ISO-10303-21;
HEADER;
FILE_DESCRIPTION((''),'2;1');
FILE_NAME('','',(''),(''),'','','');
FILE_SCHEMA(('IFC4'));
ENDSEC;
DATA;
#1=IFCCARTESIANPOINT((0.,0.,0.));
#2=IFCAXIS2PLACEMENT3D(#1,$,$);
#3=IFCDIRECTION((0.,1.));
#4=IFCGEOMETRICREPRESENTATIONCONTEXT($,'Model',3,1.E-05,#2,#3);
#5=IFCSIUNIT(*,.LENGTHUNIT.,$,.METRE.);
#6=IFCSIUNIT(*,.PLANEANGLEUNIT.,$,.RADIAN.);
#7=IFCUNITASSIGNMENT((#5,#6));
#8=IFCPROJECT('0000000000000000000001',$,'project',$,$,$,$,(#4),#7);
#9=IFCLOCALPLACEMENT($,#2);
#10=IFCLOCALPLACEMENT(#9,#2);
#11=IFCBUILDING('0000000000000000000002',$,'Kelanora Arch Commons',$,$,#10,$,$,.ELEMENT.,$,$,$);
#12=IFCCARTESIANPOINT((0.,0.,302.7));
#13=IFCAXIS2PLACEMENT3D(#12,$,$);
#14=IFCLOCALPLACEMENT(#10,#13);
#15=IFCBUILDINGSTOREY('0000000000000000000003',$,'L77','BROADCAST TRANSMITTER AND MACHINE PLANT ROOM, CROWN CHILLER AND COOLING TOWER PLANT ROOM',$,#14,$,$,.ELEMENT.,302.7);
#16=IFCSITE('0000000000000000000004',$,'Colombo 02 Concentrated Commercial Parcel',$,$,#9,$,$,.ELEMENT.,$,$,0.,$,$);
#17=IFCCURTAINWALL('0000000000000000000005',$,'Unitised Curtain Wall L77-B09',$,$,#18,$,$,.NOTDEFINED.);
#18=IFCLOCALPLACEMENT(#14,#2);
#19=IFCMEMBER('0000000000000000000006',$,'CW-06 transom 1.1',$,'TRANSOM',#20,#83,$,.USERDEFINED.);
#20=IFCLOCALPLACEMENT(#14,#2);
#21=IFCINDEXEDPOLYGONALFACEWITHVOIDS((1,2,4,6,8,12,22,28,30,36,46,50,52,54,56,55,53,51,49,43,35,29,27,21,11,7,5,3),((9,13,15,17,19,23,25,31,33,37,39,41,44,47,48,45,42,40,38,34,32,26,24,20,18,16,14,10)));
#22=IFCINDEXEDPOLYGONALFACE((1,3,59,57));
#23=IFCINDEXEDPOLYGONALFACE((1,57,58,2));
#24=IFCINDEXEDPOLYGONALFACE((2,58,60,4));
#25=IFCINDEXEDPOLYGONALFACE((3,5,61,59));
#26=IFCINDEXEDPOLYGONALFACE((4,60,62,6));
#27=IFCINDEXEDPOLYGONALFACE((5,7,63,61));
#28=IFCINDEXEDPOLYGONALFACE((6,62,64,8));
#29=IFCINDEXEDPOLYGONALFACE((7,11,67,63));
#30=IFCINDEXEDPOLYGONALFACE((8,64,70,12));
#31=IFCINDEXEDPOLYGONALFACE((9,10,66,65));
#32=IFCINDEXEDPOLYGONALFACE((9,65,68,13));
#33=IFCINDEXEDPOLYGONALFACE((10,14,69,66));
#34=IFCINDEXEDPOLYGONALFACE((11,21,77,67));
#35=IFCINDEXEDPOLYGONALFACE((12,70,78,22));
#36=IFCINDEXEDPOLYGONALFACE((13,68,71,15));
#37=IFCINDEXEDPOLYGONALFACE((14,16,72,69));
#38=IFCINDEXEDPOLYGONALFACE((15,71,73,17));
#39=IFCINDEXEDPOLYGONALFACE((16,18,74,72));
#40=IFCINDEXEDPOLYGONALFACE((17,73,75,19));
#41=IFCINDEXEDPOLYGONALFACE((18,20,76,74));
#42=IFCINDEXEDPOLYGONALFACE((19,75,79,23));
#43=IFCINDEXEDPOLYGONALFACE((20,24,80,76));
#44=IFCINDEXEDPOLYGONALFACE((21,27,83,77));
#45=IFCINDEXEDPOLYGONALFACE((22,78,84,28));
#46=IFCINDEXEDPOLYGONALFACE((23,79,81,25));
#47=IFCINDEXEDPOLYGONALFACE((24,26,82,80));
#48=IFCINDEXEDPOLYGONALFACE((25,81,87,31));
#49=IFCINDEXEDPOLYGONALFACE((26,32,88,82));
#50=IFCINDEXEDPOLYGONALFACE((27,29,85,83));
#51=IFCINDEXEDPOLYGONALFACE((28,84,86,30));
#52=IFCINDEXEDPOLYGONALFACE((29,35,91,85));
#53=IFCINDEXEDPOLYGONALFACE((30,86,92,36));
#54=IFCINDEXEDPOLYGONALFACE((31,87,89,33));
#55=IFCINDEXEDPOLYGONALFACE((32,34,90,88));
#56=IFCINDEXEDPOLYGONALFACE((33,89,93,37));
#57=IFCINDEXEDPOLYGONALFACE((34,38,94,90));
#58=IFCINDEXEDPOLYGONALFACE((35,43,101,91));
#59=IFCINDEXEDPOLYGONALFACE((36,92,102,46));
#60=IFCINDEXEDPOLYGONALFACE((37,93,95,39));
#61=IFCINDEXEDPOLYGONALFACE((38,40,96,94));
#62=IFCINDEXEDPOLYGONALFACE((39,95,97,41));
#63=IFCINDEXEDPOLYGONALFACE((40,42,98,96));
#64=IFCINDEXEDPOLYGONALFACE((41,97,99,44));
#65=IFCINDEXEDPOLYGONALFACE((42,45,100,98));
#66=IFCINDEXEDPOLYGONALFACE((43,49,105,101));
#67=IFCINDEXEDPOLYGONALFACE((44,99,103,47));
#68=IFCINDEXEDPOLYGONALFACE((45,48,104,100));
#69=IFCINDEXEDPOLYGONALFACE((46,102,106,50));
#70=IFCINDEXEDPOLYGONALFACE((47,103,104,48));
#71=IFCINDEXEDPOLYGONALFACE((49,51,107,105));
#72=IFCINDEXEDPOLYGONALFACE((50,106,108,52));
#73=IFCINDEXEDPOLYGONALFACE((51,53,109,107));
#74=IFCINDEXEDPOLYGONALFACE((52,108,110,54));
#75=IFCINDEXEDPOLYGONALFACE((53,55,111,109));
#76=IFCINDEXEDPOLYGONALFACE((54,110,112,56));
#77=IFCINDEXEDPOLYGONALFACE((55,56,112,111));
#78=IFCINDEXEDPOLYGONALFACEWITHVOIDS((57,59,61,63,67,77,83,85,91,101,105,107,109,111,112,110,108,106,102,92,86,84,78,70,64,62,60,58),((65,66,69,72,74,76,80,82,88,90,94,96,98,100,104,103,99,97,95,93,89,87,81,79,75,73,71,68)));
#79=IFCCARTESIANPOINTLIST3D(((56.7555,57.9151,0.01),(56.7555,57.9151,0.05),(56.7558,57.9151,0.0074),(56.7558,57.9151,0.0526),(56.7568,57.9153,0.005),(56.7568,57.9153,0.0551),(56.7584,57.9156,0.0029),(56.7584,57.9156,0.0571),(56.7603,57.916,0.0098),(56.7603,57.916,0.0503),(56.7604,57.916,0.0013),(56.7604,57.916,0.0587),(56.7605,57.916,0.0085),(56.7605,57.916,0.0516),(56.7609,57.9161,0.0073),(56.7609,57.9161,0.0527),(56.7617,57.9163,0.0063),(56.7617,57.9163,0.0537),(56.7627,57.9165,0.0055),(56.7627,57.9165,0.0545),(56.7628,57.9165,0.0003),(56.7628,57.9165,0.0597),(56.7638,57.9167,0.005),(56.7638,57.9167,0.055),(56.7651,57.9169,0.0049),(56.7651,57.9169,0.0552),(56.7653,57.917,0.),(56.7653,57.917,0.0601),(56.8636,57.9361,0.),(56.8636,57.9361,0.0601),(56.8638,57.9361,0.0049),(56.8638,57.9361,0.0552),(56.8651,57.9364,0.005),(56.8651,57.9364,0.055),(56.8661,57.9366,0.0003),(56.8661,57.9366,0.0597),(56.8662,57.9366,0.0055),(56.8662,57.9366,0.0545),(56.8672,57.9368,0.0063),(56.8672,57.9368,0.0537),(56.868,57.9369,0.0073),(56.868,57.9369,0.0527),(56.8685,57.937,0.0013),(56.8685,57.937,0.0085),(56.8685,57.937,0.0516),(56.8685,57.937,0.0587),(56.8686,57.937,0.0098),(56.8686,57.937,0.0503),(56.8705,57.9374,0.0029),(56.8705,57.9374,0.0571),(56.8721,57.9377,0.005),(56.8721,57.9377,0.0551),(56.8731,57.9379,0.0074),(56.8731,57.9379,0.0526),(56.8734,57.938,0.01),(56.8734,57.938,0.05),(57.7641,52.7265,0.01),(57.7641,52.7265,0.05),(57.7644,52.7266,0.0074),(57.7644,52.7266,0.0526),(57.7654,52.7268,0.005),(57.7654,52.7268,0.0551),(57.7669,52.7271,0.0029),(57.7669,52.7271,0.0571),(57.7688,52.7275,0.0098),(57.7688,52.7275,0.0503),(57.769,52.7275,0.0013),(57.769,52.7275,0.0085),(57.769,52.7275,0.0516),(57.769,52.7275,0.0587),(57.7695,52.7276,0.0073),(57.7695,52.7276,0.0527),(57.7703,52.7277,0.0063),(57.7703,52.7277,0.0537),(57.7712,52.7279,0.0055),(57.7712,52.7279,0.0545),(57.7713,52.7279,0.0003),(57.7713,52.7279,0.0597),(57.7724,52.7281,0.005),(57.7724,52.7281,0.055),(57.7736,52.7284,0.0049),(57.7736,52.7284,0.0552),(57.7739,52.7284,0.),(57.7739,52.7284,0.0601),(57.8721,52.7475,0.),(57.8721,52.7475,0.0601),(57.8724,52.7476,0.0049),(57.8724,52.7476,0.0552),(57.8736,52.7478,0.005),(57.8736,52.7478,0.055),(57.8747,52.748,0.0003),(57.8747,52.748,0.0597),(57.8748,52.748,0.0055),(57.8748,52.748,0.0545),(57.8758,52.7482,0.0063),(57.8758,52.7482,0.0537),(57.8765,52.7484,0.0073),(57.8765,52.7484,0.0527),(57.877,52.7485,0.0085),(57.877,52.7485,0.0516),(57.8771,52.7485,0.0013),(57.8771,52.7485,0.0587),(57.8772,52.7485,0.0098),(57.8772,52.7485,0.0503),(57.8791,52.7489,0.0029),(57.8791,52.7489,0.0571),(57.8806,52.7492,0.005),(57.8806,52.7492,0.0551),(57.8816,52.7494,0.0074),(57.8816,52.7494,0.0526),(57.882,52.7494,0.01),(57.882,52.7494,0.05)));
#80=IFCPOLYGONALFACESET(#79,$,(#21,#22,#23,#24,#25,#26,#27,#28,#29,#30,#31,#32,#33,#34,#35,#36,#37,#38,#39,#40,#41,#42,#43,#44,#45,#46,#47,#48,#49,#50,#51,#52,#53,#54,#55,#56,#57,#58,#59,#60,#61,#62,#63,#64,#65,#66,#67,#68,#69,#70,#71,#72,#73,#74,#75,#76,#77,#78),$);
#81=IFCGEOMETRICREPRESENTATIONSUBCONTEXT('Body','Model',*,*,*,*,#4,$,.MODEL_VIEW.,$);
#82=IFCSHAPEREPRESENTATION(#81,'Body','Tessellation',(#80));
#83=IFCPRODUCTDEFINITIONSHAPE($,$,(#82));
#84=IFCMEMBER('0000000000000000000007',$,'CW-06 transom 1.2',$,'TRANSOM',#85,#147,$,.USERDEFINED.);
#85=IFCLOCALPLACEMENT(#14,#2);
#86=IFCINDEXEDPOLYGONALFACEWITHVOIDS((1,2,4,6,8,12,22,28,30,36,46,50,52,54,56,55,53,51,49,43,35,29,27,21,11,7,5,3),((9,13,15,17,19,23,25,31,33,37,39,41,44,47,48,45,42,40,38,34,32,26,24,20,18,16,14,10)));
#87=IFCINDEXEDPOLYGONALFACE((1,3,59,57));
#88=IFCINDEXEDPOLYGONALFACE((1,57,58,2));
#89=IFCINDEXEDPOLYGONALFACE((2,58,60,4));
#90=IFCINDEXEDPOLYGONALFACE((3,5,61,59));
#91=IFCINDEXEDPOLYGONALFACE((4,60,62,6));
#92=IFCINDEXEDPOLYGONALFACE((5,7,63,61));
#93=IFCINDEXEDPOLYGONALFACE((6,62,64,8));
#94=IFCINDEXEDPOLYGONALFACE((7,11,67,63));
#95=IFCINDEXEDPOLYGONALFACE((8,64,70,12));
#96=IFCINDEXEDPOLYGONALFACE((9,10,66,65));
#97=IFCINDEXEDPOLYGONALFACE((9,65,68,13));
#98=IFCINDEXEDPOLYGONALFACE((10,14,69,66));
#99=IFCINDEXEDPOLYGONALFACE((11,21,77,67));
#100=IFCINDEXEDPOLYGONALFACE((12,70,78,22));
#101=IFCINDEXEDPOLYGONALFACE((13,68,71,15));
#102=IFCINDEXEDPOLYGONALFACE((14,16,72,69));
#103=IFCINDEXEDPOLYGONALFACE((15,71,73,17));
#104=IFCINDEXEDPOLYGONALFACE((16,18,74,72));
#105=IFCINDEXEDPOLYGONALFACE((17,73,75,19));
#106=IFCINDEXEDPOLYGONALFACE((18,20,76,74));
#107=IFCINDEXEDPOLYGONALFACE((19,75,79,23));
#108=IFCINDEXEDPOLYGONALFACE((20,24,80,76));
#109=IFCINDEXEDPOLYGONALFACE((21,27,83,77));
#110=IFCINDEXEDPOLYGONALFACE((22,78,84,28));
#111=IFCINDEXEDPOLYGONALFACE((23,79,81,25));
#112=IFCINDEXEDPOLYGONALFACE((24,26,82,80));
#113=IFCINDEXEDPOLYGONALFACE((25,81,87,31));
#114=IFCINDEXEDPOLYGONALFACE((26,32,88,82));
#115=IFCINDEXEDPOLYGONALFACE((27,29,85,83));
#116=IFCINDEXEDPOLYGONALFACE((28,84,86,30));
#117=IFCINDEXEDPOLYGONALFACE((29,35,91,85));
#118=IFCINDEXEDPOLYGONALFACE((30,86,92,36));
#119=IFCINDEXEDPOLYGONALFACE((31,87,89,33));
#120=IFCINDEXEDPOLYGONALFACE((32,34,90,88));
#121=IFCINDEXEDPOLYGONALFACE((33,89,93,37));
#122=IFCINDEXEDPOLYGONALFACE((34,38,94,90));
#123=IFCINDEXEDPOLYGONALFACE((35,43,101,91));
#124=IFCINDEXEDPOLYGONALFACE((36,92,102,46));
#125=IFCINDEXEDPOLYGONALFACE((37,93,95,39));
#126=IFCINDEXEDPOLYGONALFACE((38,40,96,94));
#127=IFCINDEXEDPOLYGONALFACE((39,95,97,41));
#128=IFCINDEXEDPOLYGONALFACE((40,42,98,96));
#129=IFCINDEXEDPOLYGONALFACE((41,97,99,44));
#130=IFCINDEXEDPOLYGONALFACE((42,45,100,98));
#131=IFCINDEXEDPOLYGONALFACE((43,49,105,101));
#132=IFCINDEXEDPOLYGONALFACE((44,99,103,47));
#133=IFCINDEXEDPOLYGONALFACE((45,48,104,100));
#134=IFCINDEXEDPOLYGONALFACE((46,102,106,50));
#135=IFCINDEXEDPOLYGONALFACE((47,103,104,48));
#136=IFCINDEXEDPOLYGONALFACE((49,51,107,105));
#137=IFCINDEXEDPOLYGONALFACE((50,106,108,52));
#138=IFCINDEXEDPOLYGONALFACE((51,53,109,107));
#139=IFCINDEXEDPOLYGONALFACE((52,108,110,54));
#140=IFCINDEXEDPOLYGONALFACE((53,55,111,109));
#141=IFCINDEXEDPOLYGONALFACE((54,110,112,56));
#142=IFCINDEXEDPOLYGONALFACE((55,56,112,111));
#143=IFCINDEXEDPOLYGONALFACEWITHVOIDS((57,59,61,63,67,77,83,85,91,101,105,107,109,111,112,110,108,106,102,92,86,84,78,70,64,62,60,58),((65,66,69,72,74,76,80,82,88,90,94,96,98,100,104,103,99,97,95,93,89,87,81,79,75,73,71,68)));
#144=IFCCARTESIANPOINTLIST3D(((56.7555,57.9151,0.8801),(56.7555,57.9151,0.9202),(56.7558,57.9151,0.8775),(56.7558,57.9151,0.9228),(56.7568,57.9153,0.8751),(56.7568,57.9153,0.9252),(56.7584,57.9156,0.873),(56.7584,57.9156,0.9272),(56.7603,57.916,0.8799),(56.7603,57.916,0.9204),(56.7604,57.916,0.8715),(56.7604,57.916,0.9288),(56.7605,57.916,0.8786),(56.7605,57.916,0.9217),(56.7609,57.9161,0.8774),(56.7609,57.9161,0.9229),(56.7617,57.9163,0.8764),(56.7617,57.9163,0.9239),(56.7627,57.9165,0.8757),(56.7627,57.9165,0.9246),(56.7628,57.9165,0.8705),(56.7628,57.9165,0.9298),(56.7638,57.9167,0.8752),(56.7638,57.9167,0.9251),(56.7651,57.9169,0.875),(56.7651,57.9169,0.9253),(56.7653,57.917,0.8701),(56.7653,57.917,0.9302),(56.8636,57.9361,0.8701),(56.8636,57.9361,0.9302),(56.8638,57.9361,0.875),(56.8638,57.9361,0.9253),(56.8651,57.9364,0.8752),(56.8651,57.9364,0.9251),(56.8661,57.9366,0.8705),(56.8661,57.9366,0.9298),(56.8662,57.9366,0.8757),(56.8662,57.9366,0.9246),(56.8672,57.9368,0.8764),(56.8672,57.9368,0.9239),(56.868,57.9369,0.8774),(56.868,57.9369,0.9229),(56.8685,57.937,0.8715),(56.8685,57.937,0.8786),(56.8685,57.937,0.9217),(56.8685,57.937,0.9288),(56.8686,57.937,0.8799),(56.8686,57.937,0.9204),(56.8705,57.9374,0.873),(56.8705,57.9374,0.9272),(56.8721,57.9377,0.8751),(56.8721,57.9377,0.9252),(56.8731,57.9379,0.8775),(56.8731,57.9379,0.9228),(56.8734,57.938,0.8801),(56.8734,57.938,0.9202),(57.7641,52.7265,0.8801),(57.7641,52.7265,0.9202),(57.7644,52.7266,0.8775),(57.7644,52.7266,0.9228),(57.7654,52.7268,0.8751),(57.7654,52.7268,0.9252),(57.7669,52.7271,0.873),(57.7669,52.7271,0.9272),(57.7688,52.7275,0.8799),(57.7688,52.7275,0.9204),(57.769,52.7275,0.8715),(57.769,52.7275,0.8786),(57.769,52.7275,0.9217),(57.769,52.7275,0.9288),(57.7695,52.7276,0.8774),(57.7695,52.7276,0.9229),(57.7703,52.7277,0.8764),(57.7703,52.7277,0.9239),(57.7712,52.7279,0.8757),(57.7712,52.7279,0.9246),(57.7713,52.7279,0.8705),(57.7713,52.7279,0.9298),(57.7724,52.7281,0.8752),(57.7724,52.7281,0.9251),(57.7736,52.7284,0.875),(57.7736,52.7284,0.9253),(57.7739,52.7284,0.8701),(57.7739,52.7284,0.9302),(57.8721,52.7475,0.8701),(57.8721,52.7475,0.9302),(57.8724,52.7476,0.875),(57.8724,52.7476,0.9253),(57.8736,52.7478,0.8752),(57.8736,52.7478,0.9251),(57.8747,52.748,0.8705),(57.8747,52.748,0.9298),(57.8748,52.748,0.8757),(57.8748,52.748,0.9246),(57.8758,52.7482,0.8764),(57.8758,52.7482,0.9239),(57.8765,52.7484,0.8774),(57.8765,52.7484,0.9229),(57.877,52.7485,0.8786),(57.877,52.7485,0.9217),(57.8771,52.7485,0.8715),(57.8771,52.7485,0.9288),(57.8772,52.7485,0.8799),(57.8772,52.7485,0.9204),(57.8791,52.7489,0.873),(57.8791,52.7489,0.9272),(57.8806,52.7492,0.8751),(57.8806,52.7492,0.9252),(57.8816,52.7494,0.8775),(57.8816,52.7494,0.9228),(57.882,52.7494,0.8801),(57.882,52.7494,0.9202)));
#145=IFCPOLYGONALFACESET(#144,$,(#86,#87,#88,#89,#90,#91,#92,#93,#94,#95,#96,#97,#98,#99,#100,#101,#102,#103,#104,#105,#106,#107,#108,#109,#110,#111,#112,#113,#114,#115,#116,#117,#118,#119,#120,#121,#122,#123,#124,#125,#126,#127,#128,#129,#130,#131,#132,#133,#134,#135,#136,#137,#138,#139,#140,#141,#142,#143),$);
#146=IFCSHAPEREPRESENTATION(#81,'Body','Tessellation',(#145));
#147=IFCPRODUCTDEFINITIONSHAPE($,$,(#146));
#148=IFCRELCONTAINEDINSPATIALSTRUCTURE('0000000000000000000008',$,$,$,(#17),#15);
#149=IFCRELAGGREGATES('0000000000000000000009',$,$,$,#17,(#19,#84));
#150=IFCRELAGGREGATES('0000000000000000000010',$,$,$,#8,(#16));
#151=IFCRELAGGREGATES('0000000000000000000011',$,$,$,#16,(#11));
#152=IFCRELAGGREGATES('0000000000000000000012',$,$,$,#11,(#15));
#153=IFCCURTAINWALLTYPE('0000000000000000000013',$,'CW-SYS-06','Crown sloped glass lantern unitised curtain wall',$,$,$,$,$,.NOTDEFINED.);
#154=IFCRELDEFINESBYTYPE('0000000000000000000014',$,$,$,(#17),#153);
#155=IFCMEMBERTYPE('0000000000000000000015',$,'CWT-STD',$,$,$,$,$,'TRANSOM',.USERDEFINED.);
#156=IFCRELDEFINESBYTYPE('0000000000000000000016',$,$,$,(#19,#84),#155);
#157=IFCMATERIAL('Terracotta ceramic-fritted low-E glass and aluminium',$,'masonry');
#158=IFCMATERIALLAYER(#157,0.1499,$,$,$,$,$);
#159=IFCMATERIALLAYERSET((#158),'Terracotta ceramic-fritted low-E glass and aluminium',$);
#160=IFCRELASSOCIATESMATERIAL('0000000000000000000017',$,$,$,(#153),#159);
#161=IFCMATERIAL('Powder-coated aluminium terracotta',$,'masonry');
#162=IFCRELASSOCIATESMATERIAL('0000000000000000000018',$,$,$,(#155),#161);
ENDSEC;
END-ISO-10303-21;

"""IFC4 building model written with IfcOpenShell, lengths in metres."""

from ifc_helpers import new_model, si_unit, direction, frame, origin, origin_2d, place, context, subcontext, project, spatial, hollow_rectangle, extrude, material, layer, layer_set, material_profile, profile_set, type_object, element, aggregate, save


model = new_model("IFC4")

# Units and contexts
model_context = context("Model", 3, precision=1e-05, world=origin(), true_north=direction((0.0, 1.0)))
body_context = subcontext(model_context, "Body", "Model", "MODEL_VIEW")
ifc_project = project(units=[si_unit("LENGTHUNIT", "METRE"), si_unit("PLANEANGLEUNIT", "RADIAN")], contexts=[model_context])

# Site, building, storey
site_placement = place(None, origin())
site = spatial("IfcSite", under=ifc_project, at=site_placement, Name="Colombo 02 Concentrated Commercial Parcel", CompositionType="ELEMENT", RefElevation=0.0)
building_placement = place(site_placement, origin())
building = spatial("IfcBuilding", under=site, at=building_placement, Name="Kelanora Arch Commons", CompositionType="ELEMENT")
storey_placement = place(building_placement, frame((0.0, 0.0, 302.7)))
storey = spatial("IfcBuildingStorey", under=building, at=storey_placement, Name="L77", Description="BROADCAST TRANSMITTER AND MACHINE PLANT ROOM, CROWN CHILLER AND COOLING TOWER PLANT ROOM", CompositionType="ELEMENT", Elevation=302.7)

# Curtain wall
ifc_material_1 = material(Name="Terracotta ceramic-fritted low-E glass and aluminium", Category="masonry")
ifc_layer_1 = layer(ifc_material_1, 0.1499)
ifc_layer_set_1 = layer_set([ifc_layer_1], Name="Terracotta ceramic-fritted low-E glass and aluminium")
curtain_wall_type = type_object("IfcCurtainWallType", Name="CW-SYS-06", Description="Crown sloped glass lantern unitised curtain wall", PredefinedType="NOTDEFINED", material=ifc_layer_set_1)
curtain_wall_1_placement = place(storey_placement, origin())
curtain_wall_1 = element("IfcCurtainWall", 1, at=curtain_wall_1_placement, inside=storey, type_object=curtain_wall_type, Name="Unitised Curtain Wall L77-B09", PredefinedType="NOTDEFINED")
ifc_material_2 = material(Name="Powder-coated aluminium terracotta", Category="masonry")

# Members
ifc_material_profile_1 = material_profile(ifc_material_2, hollow_rectangle(XDim=0.1201, YDim=0.0601, WallThickness=0.0049, InnerFilletRadius=0.0049, OuterFilletRadius=0.01, at=origin_2d()), Name="CWT120x60")
ifc_profile_set_1 = profile_set([ifc_material_profile_1], Name="Powder-coated aluminium terracotta")
member_type_1 = type_object("IfcMemberType", Name="CWT-STD", ElementType="TRANSOM", PredefinedType="USERDEFINED", material=ifc_profile_set_1)
member_1_placement = place(storey_placement, frame((56.8145, 57.9265, 0.03), z_axis=(0.19081, -0.981627, 0.0), x_axis=(0.981627, 0.19081, 0.0)))
member_1 = element("IfcMember", 2, at=member_1_placement, type_object=member_type_1, Name="CW-06 transom 1.1", ObjectType="TRANSOM", PredefinedType="USERDEFINED", context=body_context, shape_type="SweptSolid", body=[
    extrude(hollow_rectangle(XDim=0.1201, YDim=0.0601, WallThickness=0.0049, InnerFilletRadius=0.0049, OuterFilletRadius=0.01, at=origin_2d()), origin(), (0.0, 0.0, 1.0), 5.2856),
])
member_2_placement = place(storey_placement, frame((56.8145, 57.9265, 0.9001), z_axis=(0.19081, -0.981627, 0.0), x_axis=(0.981627, 0.19081, 0.0)))
member_2 = element("IfcMember", 3, at=member_2_placement, type_object=member_type_1, Name="CW-06 transom 1.2", ObjectType="TRANSOM", PredefinedType="USERDEFINED", context=body_context, shape_type="SweptSolid", body=[
    extrude(hollow_rectangle(XDim=0.1201, YDim=0.0601, WallThickness=0.0049, InnerFilletRadius=0.0049, OuterFilletRadius=0.01, at=origin_2d()), origin(), (0.0, 0.0, 1.0), 5.2856),
])

aggregate(curtain_wall_1, [member_1, member_2])

save(model, "model.ifc")
